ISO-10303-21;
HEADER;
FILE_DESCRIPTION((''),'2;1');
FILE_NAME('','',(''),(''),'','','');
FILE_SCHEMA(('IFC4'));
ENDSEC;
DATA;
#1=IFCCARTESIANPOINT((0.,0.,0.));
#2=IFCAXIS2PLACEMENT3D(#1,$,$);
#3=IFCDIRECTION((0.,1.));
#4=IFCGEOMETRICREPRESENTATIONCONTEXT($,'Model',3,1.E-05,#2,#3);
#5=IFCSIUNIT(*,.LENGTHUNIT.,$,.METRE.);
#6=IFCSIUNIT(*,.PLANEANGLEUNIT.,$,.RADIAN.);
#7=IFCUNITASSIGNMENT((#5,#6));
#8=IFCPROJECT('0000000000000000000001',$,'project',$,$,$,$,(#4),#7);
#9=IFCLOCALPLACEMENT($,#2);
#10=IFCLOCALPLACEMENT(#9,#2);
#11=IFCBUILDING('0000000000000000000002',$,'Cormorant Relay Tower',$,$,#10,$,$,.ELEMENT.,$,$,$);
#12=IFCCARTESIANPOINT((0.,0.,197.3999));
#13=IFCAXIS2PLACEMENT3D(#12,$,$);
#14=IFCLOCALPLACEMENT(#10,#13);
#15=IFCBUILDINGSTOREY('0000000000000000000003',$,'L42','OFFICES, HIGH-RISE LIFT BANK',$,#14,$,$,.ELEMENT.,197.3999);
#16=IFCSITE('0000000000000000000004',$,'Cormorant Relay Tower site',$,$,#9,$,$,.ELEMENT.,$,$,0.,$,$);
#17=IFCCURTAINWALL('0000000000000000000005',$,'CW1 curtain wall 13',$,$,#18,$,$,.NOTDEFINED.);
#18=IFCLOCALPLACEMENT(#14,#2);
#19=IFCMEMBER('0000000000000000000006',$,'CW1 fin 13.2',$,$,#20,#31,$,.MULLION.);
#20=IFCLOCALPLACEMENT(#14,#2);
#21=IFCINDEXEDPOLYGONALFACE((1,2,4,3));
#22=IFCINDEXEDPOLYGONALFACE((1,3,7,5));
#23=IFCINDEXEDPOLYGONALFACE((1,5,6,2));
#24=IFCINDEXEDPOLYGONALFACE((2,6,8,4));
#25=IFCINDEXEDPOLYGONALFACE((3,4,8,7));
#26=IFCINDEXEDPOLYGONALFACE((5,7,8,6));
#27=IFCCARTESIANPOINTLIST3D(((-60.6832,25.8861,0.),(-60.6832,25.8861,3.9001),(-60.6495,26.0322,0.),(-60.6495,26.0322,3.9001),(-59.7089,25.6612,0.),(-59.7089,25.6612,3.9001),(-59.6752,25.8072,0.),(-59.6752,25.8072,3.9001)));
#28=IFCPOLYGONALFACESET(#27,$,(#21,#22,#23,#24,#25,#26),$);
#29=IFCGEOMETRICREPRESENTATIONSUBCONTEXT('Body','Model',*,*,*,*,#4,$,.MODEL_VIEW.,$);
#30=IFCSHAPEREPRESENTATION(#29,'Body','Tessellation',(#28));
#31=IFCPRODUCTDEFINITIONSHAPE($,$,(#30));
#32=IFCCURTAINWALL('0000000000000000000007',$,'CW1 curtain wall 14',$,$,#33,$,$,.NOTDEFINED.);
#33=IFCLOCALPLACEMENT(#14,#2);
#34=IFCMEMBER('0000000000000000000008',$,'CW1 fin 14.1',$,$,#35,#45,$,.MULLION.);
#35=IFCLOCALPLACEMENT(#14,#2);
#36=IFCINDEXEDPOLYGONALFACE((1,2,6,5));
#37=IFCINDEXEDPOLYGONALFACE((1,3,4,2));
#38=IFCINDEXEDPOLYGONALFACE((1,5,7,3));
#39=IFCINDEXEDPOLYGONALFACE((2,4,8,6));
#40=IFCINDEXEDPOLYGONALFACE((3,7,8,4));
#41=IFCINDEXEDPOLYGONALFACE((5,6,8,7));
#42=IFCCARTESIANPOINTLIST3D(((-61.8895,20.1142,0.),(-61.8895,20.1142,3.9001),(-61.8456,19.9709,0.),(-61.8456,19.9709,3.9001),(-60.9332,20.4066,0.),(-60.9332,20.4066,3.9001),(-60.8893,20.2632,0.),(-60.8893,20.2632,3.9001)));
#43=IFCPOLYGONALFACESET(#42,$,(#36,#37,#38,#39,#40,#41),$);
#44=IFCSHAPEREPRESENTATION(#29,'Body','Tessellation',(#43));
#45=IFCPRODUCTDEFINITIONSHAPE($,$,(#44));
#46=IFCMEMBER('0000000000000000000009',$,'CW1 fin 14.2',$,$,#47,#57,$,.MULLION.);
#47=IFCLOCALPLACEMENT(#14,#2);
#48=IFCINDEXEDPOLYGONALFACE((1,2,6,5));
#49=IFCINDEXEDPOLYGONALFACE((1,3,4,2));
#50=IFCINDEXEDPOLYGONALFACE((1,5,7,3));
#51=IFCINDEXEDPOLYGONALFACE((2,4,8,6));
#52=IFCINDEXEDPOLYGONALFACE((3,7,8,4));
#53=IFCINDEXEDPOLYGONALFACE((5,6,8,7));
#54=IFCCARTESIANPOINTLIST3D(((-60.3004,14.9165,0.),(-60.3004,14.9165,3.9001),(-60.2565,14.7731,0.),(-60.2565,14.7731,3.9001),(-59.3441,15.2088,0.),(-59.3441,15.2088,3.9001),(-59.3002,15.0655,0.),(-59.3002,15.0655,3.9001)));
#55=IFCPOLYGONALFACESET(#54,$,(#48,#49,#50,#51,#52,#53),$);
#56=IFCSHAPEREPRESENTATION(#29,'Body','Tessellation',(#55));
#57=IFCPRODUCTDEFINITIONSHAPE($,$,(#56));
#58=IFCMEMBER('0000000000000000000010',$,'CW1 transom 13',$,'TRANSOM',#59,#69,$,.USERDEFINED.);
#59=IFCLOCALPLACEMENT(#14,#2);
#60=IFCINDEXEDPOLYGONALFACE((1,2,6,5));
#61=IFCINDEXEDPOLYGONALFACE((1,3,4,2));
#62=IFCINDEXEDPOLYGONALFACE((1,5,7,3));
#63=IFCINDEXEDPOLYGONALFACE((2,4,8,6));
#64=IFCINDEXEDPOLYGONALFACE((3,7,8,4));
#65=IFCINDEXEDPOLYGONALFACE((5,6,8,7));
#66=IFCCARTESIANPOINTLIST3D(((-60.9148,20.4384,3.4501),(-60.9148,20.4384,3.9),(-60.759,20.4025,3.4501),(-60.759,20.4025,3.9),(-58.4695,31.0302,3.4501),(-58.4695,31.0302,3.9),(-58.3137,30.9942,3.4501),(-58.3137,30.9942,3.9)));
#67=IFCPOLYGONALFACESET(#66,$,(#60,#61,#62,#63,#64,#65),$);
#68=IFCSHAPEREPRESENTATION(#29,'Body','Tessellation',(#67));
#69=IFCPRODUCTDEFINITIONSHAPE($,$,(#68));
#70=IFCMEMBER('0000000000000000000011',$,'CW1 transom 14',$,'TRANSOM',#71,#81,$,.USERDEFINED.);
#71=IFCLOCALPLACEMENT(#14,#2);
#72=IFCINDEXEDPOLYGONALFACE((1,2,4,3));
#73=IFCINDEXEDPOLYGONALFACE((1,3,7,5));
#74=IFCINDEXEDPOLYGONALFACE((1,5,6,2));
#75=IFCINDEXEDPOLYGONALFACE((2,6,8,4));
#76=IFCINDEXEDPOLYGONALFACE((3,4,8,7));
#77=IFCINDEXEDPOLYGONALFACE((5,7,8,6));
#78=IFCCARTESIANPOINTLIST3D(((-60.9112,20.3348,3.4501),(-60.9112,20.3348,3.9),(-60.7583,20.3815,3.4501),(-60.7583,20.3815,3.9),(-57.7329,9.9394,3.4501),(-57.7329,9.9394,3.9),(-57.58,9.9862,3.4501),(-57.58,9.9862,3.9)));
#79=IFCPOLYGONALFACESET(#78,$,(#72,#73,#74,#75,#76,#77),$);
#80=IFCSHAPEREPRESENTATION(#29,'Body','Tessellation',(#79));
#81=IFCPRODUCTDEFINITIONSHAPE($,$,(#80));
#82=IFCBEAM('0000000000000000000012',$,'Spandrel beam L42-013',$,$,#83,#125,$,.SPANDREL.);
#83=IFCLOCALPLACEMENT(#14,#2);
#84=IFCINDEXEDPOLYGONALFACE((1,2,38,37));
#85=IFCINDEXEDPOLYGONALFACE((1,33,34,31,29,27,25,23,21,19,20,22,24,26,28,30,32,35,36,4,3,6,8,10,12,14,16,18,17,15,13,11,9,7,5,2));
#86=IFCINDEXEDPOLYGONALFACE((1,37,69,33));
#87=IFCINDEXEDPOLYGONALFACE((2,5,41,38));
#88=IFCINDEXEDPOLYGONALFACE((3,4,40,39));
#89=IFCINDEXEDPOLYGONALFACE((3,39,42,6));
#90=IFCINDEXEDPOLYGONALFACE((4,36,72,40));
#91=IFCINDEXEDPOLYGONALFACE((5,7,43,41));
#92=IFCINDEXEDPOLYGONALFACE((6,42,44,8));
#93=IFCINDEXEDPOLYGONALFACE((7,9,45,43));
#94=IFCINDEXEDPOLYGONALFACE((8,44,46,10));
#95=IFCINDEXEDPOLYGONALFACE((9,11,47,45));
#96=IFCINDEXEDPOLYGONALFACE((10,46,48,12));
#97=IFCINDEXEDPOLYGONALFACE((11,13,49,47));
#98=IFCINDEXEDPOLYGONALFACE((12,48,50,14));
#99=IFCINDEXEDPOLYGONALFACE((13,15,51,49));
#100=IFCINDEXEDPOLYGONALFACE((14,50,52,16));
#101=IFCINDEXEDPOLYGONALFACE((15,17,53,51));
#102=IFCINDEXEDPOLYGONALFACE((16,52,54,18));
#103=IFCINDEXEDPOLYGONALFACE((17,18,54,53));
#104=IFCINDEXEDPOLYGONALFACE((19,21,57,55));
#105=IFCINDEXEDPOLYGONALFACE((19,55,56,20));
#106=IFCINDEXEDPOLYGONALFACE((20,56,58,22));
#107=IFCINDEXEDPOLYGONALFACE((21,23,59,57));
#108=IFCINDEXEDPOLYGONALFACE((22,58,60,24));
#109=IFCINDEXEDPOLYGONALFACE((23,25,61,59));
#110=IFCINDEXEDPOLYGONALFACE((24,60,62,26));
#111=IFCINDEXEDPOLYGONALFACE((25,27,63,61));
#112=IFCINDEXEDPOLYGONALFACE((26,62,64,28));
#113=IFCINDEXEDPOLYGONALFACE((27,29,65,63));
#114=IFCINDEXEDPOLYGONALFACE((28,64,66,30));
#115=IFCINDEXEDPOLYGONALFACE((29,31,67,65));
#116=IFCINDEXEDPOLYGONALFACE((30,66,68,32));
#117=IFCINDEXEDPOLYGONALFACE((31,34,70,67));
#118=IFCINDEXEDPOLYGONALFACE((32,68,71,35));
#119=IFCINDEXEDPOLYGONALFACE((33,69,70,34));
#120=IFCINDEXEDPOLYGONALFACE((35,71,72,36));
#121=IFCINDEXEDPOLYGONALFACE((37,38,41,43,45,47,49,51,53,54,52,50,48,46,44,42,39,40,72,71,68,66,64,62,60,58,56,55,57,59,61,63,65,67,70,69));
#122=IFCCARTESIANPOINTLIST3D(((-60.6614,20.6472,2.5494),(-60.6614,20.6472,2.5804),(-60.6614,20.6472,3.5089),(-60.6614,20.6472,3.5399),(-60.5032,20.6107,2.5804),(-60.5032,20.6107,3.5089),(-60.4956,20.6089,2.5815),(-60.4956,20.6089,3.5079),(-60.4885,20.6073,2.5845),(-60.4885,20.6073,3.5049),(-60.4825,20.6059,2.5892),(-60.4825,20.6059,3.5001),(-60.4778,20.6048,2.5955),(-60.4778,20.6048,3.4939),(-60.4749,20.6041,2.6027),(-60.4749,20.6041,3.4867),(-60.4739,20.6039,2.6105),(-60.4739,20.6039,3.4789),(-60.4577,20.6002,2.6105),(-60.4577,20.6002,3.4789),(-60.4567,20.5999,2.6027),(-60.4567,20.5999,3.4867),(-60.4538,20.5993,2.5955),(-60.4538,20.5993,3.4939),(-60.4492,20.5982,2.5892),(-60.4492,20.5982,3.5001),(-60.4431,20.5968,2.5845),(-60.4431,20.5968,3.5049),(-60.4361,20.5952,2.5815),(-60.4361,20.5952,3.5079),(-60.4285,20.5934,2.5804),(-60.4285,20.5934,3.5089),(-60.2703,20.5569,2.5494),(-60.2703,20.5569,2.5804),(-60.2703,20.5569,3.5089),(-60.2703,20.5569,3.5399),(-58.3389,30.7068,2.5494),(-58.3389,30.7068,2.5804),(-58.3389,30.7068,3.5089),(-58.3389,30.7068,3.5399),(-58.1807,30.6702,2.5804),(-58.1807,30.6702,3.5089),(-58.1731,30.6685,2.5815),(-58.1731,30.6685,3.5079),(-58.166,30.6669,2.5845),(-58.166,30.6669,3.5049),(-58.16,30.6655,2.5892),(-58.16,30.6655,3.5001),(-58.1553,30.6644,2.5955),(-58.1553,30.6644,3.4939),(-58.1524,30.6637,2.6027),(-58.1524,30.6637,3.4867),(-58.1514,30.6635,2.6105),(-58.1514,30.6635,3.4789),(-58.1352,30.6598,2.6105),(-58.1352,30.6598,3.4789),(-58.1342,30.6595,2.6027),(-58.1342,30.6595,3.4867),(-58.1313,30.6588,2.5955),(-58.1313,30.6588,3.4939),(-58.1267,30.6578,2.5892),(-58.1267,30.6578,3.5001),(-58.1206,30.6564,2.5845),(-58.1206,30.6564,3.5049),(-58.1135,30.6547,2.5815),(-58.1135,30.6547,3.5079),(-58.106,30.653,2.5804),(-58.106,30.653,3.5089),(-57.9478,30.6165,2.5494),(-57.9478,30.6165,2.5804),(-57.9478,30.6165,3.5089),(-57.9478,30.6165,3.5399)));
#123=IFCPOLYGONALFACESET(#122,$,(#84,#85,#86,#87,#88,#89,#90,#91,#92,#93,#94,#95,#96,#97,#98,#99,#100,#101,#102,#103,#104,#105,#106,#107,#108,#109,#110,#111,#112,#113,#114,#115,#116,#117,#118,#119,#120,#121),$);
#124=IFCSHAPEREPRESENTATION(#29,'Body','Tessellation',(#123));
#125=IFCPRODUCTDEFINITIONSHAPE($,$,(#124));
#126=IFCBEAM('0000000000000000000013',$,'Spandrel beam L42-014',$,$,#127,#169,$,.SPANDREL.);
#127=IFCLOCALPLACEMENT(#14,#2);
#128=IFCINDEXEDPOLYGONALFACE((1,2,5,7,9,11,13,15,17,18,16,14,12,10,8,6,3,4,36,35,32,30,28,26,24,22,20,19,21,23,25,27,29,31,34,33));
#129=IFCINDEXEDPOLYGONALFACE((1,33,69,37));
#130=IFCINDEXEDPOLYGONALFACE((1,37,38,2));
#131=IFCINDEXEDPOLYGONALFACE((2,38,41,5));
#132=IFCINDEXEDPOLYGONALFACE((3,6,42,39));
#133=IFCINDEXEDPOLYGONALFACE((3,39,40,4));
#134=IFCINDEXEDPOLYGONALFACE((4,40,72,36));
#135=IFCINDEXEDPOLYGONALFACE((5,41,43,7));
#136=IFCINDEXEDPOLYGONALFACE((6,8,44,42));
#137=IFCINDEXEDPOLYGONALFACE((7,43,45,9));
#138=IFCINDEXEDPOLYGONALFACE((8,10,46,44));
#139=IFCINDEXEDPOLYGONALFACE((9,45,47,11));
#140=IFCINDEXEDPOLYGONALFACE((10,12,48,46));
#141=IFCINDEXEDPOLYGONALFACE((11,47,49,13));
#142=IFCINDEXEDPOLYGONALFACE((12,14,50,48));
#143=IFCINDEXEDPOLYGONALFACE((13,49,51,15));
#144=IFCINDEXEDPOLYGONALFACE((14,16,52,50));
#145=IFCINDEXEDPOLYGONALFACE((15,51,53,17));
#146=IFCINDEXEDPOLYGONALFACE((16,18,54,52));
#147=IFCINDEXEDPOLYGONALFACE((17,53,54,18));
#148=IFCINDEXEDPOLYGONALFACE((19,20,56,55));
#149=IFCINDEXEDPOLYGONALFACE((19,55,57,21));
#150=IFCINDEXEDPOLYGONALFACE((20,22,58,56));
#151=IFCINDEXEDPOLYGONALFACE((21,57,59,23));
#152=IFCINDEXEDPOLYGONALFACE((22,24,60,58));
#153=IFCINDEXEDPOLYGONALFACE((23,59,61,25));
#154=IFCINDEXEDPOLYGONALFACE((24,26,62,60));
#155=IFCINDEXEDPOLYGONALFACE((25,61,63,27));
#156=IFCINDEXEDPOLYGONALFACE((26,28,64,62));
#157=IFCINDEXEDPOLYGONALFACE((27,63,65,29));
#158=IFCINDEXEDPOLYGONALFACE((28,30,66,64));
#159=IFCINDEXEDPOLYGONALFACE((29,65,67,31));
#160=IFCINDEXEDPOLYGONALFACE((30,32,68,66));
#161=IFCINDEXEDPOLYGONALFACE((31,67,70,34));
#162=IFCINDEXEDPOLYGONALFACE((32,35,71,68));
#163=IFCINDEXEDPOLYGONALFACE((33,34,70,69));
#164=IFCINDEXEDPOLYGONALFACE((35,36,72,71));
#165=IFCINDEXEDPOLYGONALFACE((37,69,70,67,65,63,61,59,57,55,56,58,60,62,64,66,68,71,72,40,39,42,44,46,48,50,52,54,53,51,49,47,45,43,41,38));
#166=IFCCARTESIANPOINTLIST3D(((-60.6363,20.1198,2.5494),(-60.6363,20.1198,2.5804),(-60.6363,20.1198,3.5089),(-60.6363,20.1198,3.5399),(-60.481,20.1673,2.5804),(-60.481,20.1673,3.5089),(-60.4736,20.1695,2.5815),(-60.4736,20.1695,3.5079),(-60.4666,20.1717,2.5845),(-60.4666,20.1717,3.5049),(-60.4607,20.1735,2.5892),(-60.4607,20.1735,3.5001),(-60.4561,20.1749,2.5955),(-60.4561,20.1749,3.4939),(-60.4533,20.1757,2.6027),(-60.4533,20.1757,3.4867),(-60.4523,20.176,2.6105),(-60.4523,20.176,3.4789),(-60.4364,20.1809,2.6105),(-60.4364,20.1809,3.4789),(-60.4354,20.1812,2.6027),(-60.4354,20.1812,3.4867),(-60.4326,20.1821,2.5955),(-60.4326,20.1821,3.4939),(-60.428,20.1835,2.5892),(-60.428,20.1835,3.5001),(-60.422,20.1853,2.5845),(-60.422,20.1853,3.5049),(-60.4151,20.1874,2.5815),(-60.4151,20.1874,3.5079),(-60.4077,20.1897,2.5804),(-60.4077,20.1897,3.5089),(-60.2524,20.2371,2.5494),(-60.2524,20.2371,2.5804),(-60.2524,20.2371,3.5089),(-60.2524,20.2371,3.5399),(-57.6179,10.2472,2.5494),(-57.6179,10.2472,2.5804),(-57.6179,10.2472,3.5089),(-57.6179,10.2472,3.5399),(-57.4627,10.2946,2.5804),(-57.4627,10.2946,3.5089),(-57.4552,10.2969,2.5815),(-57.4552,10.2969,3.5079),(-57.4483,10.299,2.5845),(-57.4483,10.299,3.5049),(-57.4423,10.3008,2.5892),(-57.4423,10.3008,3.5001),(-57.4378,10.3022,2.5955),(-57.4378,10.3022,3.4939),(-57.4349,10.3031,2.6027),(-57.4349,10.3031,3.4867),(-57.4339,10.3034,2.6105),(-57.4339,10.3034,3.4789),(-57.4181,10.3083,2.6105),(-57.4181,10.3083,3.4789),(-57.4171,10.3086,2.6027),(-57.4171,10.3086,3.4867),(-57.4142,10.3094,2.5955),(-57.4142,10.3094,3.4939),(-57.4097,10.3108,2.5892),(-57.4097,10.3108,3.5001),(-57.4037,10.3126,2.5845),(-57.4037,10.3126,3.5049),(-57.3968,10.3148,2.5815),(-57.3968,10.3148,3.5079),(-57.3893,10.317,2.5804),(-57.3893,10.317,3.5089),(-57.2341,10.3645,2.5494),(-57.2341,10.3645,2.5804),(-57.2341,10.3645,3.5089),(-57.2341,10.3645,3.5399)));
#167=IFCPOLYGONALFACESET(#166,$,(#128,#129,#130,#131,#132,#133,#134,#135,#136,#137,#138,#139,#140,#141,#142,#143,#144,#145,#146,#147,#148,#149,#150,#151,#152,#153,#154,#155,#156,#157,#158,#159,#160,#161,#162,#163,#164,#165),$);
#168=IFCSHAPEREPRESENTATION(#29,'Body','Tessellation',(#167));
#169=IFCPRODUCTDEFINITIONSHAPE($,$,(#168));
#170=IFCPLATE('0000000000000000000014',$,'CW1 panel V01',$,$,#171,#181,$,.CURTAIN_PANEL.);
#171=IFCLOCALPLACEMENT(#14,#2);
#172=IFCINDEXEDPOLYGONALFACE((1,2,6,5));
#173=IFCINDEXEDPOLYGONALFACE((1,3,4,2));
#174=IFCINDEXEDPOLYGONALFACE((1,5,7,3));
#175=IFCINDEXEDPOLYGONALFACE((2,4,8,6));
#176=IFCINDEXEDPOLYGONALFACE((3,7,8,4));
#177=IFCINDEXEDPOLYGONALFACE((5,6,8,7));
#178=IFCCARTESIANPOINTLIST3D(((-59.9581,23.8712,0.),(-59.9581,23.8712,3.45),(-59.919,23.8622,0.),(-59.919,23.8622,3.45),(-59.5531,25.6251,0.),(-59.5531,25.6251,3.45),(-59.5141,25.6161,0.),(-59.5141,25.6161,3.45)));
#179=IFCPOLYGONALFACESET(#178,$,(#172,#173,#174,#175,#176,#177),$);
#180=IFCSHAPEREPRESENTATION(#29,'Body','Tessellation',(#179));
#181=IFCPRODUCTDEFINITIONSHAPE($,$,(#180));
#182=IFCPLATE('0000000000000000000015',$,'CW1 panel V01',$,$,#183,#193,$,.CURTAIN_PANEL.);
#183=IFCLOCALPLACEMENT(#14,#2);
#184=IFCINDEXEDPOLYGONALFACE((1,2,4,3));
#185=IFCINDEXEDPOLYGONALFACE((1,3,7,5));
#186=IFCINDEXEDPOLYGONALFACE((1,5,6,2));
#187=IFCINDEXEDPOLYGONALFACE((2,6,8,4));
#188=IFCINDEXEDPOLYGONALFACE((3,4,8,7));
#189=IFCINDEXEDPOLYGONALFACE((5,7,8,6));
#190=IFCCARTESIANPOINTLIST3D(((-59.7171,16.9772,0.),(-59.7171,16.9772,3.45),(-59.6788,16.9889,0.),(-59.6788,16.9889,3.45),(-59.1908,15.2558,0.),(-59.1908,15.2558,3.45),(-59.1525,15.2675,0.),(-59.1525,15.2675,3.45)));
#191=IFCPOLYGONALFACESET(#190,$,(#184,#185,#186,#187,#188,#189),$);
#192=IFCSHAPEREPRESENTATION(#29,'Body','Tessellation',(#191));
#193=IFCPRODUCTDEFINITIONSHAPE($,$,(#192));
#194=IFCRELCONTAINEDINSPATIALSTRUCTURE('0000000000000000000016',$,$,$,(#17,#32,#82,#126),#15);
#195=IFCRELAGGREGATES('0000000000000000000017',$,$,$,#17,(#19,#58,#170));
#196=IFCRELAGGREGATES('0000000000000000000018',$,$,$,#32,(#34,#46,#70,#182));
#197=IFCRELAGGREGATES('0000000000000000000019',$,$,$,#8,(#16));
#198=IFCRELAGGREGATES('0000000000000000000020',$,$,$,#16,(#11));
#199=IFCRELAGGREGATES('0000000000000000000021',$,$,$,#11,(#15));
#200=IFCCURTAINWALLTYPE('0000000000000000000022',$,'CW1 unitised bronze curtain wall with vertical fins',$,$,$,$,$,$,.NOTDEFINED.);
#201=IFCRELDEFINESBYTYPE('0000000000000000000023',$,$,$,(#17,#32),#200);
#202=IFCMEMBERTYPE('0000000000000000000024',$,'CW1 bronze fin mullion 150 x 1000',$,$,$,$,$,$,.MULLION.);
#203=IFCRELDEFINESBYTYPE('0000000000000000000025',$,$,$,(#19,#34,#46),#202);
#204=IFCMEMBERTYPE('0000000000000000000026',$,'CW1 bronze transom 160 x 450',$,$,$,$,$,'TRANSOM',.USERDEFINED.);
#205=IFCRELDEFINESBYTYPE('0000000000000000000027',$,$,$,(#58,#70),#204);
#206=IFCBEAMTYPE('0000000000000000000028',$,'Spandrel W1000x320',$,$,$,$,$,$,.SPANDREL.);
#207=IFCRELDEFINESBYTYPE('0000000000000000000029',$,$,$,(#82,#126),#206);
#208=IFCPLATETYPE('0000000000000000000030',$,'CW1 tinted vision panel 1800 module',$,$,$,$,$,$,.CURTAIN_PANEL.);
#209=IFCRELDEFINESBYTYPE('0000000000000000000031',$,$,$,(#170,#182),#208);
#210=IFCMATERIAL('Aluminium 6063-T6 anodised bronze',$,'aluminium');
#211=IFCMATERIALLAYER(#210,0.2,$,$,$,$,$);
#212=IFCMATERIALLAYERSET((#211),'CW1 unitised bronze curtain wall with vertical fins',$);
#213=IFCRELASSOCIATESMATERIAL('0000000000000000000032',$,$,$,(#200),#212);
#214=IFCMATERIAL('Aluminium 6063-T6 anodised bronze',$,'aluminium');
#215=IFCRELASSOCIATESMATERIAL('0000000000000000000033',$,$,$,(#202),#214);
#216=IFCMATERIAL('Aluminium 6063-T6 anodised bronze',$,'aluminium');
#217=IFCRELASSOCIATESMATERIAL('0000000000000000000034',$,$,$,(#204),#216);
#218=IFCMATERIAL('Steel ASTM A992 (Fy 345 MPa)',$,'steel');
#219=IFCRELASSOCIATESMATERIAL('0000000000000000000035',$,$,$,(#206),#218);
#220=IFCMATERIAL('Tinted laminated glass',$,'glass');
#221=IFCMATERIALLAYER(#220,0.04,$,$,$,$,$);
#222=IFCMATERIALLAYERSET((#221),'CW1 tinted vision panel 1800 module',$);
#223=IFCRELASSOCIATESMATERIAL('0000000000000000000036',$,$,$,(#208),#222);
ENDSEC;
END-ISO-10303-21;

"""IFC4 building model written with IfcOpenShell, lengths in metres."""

from ifc_helpers import new_model, si_unit, direction, frame, origin, origin_2d, place, context, subcontext, project, spatial, rectangle, i_section, extrude, material, layer, layer_set, material_profile, profile_set, type_object, element, aggregate, save


model = new_model("IFC4")

# Units and contexts
model_context = context("Model", 3, precision=1e-05, world=origin(), true_north=direction((0.0, 1.0)))
body_context = subcontext(model_context, "Body", "Model", "MODEL_VIEW")
ifc_project = project(units=[si_unit("LENGTHUNIT", "METRE"), si_unit("PLANEANGLEUNIT", "RADIAN")], contexts=[model_context])

# Site, building, storey
site_placement = place(None, origin())
site = spatial("IfcSite", under=ifc_project, at=site_placement, Name="Cormorant Relay Tower site", CompositionType="ELEMENT", RefElevation=0.0)
building_placement = place(site_placement, origin())
building = spatial("IfcBuilding", under=site, at=building_placement, Name="Cormorant Relay Tower", CompositionType="ELEMENT")
storey_placement = place(building_placement, frame((0.0, 0.0, 197.3999)))
storey = spatial("IfcBuildingStorey", under=building, at=storey_placement, Name="L42", Description="OFFICES, HIGH-RISE LIFT BANK", CompositionType="ELEMENT", Elevation=197.3999)

# Curtain walls, members
ifc_material_1 = material(Name="Aluminium 6063-T6 anodised bronze", Category="aluminium")
ifc_layer_1 = layer(ifc_material_1, 0.2)
ifc_layer_set_1 = layer_set([ifc_layer_1], Name="CW1 unitised bronze curtain wall with vertical fins")
curtain_wall_type = type_object("IfcCurtainWallType", Name="CW1 unitised bronze curtain wall with vertical fins", PredefinedType="NOTDEFINED", material=ifc_layer_set_1)
curtain_wall_1_placement = place(storey_placement, origin())
curtain_wall_1 = element("IfcCurtainWall", 1, at=curtain_wall_1_placement, inside=storey, type_object=curtain_wall_type, Name="CW1 curtain wall 13", PredefinedType="NOTDEFINED")
ifc_material_2 = material(Name="Aluminium 6063-T6 anodised bronze", Category="aluminium")
ifc_material_profile_1 = material_profile(ifc_material_2, rectangle(XDim=0.1499, YDim=1.0, at=origin_2d()), Name="AL 150x1000")
ifc_profile_set_1 = profile_set([ifc_material_profile_1], Name="Aluminium 6063-T6 anodised bronze")
member_type_1 = type_object("IfcMemberType", Name="CW1 bronze fin mullion 150 x 1000", PredefinedType="MULLION", material=ifc_profile_set_1)
member_1_placement = place(storey_placement, frame((-60.1792, 25.8467, 0.0), z_axis=(0.0, 0.0, 1.0), x_axis=(-0.224951, -0.97437, 0.0)))
member_1 = element("IfcMember", 2, at=member_1_placement, type_object=member_type_1, Name="CW1 fin 13.2", PredefinedType="MULLION", context=body_context, shape_type="SweptSolid", body=[
    extrude(rectangle(XDim=0.1499, YDim=1.0, at=origin_2d()), origin(), (0.0, 0.0, 1.0), 3.9001),
])
curtain_wall_2_placement = place(storey_placement, origin())
curtain_wall_2 = element("IfcCurtainWall", 3, at=curtain_wall_2_placement, inside=storey, type_object=curtain_wall_type, Name="CW1 curtain wall 14", PredefinedType="NOTDEFINED")
member_2_placement = place(storey_placement, frame((-61.3894, 20.1887, 0.0), z_axis=(0.0, 0.0, 1.0), x_axis=(0.292372, -0.956305, 0.0)))
member_2 = element("IfcMember", 4, at=member_2_placement, type_object=member_type_1, Name="CW1 fin 14.1", PredefinedType="MULLION", context=body_context, shape_type="SweptSolid", body=[
    extrude(rectangle(XDim=0.1499, YDim=1.0, at=origin_2d()), origin(), (0.0, 0.0, 1.0), 3.9001),
])
member_3_placement = place(storey_placement, frame((-59.8003, 14.991, 0.0), z_axis=(0.0, 0.0, 1.0), x_axis=(0.292372, -0.956305, 0.0)))
member_3 = element("IfcMember", 5, at=member_3_placement, type_object=member_type_1, Name="CW1 fin 14.2", PredefinedType="MULLION", context=body_context, shape_type="SweptSolid", body=[
    extrude(rectangle(XDim=0.1499, YDim=1.0, at=origin_2d()), origin(), (0.0, 0.0, 1.0), 3.9001),
])

# Members
ifc_material_3 = material(Name="Aluminium 6063-T6 anodised bronze", Category="aluminium")
ifc_material_profile_2 = material_profile(ifc_material_3, rectangle(XDim=0.1599, YDim=0.45, at=origin_2d()), Name="AL 160x450")
ifc_profile_set_2 = profile_set([ifc_material_profile_2], Name="Aluminium 6063-T6 anodised bronze")
member_type_2 = type_object("IfcMemberType", Name="CW1 bronze transom 160 x 450", ElementType="TRANSOM", PredefinedType="USERDEFINED", material=ifc_profile_set_2)
member_4_placement = place(storey_placement, frame((-58.3916, 31.0122, 3.675), z_axis=(-0.224951, -0.97437, 0.0), x_axis=(0.97437, -0.224951, 0.0)))
member_4 = element("IfcMember", 6, at=member_4_placement, type_object=member_type_2, Name="CW1 transom 13", ObjectType="TRANSOM", PredefinedType="USERDEFINED", context=body_context, shape_type="SweptSolid", body=[
    extrude(rectangle(XDim=0.1599, YDim=0.45, at=origin_2d()), origin(), (0.0, 0.0, 1.0), 10.8704),
])
member_5_placement = place(storey_placement, frame((-60.8347, 20.3582, 3.675), z_axis=(0.292378, -0.956303, 0.0), x_axis=(0.956303, 0.292378, 0.0)))
member_5 = element("IfcMember", 7, at=member_5_placement, type_object=member_type_2, Name="CW1 transom 14", ObjectType="TRANSOM", PredefinedType="USERDEFINED", context=body_context, shape_type="SweptSolid", body=[
    extrude(rectangle(XDim=0.1599, YDim=0.45, at=origin_2d()), origin(), (0.0, 0.0, 1.0), 10.8704),
])

# Beams
ifc_material_4 = material(Name="Steel ASTM A992 (Fy 345 MPa)", Category="steel")
ifc_material_profile_3 = material_profile(ifc_material_4, i_section(OverallWidth=0.4014, OverallDepth=0.9905, WebThickness=0.0166, FlangeThickness=0.031, FilletRadius=0.03, at=origin_2d()), Name="W1000x320")
ifc_profile_set_3 = profile_set([ifc_material_profile_3], Name="Steel ASTM A992 (Fy 345 MPa)")
beam_type = type_object("IfcBeamType", Name="Spandrel W1000x320", PredefinedType="SPANDREL", material=ifc_profile_set_3)
beam_1_placement = place(storey_placement, frame((-58.1433, 30.6616, 3.0447), z_axis=(-0.224958, -0.974368, 0.0), x_axis=(0.974368, -0.224958, 0.0)))
element("IfcBeam", 8, at=beam_1_placement, inside=storey, type_object=beam_type, Name="Spandrel beam L42-013", PredefinedType="SPANDREL", context=body_context, shape_type="SweptSolid", body=[
    extrude(i_section(OverallWidth=0.4014, OverallDepth=0.9905, WebThickness=0.0166, FlangeThickness=0.031, FilletRadius=0.03, at=origin_2d()), origin(), (0.0, 0.0, 1.0), 10.3242),
])
beam_2_placement = place(storey_placement, frame((-60.4443, 20.1785, 3.0447), z_axis=(0.292369, -0.956306, 0.0), x_axis=(0.956306, 0.292369, 0.0)))
element("IfcBeam", 9, at=beam_2_placement, inside=storey, type_object=beam_type, Name="Spandrel beam L42-014", PredefinedType="SPANDREL", context=body_context, shape_type="SweptSolid", body=[
    extrude(i_section(OverallWidth=0.4014, OverallDepth=0.9905, WebThickness=0.0166, FlangeThickness=0.031, FilletRadius=0.03, at=origin_2d()), origin(), (0.0, 0.0, 1.0), 10.3237),
])

# Plates
ifc_material_5 = material(Name="Tinted laminated glass", Category="glass")
ifc_layer_2 = layer(ifc_material_5, 0.04)
ifc_layer_set_2 = layer_set([ifc_layer_2], Name="CW1 tinted vision panel 1800 module")
plate_type = type_object("IfcPlateType", Name="CW1 tinted vision panel 1800 module", PredefinedType="CURTAIN_PANEL", material=ifc_layer_set_2)
plate_1_placement = place(storey_placement, frame((-59.7361, 24.7437, 0.0), z_axis=(0.0, 0.0, 1.0), x_axis=(-0.224951, -0.97437, 0.0)))
plate_1 = element("IfcPlate", 10, at=plate_1_placement, type_object=plate_type, Name="CW1 panel V01", PredefinedType="CURTAIN_PANEL", context=body_context, shape_type="SweptSolid", body=[
    extrude(rectangle(XDim=1.8, YDim=0.04, at=origin_2d()), origin(), (0.0, 0.0, 1.0), 3.45),
])
plate_2_placement = place(storey_placement, frame((-59.4348, 16.1223, 0.0), z_axis=(0.0, 0.0, 1.0), x_axis=(0.292372, -0.956305, 0.0)))
plate_2 = element("IfcPlate", 11, at=plate_2_placement, type_object=plate_type, Name="CW1 panel V01", PredefinedType="CURTAIN_PANEL", context=body_context, shape_type="SweptSolid", body=[
    extrude(rectangle(XDim=1.8, YDim=0.04, at=origin_2d()), origin(), (0.0, 0.0, 1.0), 3.45),
])

aggregate(curtain_wall_1, [member_1, member_4, plate_1])
aggregate(curtain_wall_2, [member_2, member_3, member_5, plate_2])

save(model, "model.ifc")
